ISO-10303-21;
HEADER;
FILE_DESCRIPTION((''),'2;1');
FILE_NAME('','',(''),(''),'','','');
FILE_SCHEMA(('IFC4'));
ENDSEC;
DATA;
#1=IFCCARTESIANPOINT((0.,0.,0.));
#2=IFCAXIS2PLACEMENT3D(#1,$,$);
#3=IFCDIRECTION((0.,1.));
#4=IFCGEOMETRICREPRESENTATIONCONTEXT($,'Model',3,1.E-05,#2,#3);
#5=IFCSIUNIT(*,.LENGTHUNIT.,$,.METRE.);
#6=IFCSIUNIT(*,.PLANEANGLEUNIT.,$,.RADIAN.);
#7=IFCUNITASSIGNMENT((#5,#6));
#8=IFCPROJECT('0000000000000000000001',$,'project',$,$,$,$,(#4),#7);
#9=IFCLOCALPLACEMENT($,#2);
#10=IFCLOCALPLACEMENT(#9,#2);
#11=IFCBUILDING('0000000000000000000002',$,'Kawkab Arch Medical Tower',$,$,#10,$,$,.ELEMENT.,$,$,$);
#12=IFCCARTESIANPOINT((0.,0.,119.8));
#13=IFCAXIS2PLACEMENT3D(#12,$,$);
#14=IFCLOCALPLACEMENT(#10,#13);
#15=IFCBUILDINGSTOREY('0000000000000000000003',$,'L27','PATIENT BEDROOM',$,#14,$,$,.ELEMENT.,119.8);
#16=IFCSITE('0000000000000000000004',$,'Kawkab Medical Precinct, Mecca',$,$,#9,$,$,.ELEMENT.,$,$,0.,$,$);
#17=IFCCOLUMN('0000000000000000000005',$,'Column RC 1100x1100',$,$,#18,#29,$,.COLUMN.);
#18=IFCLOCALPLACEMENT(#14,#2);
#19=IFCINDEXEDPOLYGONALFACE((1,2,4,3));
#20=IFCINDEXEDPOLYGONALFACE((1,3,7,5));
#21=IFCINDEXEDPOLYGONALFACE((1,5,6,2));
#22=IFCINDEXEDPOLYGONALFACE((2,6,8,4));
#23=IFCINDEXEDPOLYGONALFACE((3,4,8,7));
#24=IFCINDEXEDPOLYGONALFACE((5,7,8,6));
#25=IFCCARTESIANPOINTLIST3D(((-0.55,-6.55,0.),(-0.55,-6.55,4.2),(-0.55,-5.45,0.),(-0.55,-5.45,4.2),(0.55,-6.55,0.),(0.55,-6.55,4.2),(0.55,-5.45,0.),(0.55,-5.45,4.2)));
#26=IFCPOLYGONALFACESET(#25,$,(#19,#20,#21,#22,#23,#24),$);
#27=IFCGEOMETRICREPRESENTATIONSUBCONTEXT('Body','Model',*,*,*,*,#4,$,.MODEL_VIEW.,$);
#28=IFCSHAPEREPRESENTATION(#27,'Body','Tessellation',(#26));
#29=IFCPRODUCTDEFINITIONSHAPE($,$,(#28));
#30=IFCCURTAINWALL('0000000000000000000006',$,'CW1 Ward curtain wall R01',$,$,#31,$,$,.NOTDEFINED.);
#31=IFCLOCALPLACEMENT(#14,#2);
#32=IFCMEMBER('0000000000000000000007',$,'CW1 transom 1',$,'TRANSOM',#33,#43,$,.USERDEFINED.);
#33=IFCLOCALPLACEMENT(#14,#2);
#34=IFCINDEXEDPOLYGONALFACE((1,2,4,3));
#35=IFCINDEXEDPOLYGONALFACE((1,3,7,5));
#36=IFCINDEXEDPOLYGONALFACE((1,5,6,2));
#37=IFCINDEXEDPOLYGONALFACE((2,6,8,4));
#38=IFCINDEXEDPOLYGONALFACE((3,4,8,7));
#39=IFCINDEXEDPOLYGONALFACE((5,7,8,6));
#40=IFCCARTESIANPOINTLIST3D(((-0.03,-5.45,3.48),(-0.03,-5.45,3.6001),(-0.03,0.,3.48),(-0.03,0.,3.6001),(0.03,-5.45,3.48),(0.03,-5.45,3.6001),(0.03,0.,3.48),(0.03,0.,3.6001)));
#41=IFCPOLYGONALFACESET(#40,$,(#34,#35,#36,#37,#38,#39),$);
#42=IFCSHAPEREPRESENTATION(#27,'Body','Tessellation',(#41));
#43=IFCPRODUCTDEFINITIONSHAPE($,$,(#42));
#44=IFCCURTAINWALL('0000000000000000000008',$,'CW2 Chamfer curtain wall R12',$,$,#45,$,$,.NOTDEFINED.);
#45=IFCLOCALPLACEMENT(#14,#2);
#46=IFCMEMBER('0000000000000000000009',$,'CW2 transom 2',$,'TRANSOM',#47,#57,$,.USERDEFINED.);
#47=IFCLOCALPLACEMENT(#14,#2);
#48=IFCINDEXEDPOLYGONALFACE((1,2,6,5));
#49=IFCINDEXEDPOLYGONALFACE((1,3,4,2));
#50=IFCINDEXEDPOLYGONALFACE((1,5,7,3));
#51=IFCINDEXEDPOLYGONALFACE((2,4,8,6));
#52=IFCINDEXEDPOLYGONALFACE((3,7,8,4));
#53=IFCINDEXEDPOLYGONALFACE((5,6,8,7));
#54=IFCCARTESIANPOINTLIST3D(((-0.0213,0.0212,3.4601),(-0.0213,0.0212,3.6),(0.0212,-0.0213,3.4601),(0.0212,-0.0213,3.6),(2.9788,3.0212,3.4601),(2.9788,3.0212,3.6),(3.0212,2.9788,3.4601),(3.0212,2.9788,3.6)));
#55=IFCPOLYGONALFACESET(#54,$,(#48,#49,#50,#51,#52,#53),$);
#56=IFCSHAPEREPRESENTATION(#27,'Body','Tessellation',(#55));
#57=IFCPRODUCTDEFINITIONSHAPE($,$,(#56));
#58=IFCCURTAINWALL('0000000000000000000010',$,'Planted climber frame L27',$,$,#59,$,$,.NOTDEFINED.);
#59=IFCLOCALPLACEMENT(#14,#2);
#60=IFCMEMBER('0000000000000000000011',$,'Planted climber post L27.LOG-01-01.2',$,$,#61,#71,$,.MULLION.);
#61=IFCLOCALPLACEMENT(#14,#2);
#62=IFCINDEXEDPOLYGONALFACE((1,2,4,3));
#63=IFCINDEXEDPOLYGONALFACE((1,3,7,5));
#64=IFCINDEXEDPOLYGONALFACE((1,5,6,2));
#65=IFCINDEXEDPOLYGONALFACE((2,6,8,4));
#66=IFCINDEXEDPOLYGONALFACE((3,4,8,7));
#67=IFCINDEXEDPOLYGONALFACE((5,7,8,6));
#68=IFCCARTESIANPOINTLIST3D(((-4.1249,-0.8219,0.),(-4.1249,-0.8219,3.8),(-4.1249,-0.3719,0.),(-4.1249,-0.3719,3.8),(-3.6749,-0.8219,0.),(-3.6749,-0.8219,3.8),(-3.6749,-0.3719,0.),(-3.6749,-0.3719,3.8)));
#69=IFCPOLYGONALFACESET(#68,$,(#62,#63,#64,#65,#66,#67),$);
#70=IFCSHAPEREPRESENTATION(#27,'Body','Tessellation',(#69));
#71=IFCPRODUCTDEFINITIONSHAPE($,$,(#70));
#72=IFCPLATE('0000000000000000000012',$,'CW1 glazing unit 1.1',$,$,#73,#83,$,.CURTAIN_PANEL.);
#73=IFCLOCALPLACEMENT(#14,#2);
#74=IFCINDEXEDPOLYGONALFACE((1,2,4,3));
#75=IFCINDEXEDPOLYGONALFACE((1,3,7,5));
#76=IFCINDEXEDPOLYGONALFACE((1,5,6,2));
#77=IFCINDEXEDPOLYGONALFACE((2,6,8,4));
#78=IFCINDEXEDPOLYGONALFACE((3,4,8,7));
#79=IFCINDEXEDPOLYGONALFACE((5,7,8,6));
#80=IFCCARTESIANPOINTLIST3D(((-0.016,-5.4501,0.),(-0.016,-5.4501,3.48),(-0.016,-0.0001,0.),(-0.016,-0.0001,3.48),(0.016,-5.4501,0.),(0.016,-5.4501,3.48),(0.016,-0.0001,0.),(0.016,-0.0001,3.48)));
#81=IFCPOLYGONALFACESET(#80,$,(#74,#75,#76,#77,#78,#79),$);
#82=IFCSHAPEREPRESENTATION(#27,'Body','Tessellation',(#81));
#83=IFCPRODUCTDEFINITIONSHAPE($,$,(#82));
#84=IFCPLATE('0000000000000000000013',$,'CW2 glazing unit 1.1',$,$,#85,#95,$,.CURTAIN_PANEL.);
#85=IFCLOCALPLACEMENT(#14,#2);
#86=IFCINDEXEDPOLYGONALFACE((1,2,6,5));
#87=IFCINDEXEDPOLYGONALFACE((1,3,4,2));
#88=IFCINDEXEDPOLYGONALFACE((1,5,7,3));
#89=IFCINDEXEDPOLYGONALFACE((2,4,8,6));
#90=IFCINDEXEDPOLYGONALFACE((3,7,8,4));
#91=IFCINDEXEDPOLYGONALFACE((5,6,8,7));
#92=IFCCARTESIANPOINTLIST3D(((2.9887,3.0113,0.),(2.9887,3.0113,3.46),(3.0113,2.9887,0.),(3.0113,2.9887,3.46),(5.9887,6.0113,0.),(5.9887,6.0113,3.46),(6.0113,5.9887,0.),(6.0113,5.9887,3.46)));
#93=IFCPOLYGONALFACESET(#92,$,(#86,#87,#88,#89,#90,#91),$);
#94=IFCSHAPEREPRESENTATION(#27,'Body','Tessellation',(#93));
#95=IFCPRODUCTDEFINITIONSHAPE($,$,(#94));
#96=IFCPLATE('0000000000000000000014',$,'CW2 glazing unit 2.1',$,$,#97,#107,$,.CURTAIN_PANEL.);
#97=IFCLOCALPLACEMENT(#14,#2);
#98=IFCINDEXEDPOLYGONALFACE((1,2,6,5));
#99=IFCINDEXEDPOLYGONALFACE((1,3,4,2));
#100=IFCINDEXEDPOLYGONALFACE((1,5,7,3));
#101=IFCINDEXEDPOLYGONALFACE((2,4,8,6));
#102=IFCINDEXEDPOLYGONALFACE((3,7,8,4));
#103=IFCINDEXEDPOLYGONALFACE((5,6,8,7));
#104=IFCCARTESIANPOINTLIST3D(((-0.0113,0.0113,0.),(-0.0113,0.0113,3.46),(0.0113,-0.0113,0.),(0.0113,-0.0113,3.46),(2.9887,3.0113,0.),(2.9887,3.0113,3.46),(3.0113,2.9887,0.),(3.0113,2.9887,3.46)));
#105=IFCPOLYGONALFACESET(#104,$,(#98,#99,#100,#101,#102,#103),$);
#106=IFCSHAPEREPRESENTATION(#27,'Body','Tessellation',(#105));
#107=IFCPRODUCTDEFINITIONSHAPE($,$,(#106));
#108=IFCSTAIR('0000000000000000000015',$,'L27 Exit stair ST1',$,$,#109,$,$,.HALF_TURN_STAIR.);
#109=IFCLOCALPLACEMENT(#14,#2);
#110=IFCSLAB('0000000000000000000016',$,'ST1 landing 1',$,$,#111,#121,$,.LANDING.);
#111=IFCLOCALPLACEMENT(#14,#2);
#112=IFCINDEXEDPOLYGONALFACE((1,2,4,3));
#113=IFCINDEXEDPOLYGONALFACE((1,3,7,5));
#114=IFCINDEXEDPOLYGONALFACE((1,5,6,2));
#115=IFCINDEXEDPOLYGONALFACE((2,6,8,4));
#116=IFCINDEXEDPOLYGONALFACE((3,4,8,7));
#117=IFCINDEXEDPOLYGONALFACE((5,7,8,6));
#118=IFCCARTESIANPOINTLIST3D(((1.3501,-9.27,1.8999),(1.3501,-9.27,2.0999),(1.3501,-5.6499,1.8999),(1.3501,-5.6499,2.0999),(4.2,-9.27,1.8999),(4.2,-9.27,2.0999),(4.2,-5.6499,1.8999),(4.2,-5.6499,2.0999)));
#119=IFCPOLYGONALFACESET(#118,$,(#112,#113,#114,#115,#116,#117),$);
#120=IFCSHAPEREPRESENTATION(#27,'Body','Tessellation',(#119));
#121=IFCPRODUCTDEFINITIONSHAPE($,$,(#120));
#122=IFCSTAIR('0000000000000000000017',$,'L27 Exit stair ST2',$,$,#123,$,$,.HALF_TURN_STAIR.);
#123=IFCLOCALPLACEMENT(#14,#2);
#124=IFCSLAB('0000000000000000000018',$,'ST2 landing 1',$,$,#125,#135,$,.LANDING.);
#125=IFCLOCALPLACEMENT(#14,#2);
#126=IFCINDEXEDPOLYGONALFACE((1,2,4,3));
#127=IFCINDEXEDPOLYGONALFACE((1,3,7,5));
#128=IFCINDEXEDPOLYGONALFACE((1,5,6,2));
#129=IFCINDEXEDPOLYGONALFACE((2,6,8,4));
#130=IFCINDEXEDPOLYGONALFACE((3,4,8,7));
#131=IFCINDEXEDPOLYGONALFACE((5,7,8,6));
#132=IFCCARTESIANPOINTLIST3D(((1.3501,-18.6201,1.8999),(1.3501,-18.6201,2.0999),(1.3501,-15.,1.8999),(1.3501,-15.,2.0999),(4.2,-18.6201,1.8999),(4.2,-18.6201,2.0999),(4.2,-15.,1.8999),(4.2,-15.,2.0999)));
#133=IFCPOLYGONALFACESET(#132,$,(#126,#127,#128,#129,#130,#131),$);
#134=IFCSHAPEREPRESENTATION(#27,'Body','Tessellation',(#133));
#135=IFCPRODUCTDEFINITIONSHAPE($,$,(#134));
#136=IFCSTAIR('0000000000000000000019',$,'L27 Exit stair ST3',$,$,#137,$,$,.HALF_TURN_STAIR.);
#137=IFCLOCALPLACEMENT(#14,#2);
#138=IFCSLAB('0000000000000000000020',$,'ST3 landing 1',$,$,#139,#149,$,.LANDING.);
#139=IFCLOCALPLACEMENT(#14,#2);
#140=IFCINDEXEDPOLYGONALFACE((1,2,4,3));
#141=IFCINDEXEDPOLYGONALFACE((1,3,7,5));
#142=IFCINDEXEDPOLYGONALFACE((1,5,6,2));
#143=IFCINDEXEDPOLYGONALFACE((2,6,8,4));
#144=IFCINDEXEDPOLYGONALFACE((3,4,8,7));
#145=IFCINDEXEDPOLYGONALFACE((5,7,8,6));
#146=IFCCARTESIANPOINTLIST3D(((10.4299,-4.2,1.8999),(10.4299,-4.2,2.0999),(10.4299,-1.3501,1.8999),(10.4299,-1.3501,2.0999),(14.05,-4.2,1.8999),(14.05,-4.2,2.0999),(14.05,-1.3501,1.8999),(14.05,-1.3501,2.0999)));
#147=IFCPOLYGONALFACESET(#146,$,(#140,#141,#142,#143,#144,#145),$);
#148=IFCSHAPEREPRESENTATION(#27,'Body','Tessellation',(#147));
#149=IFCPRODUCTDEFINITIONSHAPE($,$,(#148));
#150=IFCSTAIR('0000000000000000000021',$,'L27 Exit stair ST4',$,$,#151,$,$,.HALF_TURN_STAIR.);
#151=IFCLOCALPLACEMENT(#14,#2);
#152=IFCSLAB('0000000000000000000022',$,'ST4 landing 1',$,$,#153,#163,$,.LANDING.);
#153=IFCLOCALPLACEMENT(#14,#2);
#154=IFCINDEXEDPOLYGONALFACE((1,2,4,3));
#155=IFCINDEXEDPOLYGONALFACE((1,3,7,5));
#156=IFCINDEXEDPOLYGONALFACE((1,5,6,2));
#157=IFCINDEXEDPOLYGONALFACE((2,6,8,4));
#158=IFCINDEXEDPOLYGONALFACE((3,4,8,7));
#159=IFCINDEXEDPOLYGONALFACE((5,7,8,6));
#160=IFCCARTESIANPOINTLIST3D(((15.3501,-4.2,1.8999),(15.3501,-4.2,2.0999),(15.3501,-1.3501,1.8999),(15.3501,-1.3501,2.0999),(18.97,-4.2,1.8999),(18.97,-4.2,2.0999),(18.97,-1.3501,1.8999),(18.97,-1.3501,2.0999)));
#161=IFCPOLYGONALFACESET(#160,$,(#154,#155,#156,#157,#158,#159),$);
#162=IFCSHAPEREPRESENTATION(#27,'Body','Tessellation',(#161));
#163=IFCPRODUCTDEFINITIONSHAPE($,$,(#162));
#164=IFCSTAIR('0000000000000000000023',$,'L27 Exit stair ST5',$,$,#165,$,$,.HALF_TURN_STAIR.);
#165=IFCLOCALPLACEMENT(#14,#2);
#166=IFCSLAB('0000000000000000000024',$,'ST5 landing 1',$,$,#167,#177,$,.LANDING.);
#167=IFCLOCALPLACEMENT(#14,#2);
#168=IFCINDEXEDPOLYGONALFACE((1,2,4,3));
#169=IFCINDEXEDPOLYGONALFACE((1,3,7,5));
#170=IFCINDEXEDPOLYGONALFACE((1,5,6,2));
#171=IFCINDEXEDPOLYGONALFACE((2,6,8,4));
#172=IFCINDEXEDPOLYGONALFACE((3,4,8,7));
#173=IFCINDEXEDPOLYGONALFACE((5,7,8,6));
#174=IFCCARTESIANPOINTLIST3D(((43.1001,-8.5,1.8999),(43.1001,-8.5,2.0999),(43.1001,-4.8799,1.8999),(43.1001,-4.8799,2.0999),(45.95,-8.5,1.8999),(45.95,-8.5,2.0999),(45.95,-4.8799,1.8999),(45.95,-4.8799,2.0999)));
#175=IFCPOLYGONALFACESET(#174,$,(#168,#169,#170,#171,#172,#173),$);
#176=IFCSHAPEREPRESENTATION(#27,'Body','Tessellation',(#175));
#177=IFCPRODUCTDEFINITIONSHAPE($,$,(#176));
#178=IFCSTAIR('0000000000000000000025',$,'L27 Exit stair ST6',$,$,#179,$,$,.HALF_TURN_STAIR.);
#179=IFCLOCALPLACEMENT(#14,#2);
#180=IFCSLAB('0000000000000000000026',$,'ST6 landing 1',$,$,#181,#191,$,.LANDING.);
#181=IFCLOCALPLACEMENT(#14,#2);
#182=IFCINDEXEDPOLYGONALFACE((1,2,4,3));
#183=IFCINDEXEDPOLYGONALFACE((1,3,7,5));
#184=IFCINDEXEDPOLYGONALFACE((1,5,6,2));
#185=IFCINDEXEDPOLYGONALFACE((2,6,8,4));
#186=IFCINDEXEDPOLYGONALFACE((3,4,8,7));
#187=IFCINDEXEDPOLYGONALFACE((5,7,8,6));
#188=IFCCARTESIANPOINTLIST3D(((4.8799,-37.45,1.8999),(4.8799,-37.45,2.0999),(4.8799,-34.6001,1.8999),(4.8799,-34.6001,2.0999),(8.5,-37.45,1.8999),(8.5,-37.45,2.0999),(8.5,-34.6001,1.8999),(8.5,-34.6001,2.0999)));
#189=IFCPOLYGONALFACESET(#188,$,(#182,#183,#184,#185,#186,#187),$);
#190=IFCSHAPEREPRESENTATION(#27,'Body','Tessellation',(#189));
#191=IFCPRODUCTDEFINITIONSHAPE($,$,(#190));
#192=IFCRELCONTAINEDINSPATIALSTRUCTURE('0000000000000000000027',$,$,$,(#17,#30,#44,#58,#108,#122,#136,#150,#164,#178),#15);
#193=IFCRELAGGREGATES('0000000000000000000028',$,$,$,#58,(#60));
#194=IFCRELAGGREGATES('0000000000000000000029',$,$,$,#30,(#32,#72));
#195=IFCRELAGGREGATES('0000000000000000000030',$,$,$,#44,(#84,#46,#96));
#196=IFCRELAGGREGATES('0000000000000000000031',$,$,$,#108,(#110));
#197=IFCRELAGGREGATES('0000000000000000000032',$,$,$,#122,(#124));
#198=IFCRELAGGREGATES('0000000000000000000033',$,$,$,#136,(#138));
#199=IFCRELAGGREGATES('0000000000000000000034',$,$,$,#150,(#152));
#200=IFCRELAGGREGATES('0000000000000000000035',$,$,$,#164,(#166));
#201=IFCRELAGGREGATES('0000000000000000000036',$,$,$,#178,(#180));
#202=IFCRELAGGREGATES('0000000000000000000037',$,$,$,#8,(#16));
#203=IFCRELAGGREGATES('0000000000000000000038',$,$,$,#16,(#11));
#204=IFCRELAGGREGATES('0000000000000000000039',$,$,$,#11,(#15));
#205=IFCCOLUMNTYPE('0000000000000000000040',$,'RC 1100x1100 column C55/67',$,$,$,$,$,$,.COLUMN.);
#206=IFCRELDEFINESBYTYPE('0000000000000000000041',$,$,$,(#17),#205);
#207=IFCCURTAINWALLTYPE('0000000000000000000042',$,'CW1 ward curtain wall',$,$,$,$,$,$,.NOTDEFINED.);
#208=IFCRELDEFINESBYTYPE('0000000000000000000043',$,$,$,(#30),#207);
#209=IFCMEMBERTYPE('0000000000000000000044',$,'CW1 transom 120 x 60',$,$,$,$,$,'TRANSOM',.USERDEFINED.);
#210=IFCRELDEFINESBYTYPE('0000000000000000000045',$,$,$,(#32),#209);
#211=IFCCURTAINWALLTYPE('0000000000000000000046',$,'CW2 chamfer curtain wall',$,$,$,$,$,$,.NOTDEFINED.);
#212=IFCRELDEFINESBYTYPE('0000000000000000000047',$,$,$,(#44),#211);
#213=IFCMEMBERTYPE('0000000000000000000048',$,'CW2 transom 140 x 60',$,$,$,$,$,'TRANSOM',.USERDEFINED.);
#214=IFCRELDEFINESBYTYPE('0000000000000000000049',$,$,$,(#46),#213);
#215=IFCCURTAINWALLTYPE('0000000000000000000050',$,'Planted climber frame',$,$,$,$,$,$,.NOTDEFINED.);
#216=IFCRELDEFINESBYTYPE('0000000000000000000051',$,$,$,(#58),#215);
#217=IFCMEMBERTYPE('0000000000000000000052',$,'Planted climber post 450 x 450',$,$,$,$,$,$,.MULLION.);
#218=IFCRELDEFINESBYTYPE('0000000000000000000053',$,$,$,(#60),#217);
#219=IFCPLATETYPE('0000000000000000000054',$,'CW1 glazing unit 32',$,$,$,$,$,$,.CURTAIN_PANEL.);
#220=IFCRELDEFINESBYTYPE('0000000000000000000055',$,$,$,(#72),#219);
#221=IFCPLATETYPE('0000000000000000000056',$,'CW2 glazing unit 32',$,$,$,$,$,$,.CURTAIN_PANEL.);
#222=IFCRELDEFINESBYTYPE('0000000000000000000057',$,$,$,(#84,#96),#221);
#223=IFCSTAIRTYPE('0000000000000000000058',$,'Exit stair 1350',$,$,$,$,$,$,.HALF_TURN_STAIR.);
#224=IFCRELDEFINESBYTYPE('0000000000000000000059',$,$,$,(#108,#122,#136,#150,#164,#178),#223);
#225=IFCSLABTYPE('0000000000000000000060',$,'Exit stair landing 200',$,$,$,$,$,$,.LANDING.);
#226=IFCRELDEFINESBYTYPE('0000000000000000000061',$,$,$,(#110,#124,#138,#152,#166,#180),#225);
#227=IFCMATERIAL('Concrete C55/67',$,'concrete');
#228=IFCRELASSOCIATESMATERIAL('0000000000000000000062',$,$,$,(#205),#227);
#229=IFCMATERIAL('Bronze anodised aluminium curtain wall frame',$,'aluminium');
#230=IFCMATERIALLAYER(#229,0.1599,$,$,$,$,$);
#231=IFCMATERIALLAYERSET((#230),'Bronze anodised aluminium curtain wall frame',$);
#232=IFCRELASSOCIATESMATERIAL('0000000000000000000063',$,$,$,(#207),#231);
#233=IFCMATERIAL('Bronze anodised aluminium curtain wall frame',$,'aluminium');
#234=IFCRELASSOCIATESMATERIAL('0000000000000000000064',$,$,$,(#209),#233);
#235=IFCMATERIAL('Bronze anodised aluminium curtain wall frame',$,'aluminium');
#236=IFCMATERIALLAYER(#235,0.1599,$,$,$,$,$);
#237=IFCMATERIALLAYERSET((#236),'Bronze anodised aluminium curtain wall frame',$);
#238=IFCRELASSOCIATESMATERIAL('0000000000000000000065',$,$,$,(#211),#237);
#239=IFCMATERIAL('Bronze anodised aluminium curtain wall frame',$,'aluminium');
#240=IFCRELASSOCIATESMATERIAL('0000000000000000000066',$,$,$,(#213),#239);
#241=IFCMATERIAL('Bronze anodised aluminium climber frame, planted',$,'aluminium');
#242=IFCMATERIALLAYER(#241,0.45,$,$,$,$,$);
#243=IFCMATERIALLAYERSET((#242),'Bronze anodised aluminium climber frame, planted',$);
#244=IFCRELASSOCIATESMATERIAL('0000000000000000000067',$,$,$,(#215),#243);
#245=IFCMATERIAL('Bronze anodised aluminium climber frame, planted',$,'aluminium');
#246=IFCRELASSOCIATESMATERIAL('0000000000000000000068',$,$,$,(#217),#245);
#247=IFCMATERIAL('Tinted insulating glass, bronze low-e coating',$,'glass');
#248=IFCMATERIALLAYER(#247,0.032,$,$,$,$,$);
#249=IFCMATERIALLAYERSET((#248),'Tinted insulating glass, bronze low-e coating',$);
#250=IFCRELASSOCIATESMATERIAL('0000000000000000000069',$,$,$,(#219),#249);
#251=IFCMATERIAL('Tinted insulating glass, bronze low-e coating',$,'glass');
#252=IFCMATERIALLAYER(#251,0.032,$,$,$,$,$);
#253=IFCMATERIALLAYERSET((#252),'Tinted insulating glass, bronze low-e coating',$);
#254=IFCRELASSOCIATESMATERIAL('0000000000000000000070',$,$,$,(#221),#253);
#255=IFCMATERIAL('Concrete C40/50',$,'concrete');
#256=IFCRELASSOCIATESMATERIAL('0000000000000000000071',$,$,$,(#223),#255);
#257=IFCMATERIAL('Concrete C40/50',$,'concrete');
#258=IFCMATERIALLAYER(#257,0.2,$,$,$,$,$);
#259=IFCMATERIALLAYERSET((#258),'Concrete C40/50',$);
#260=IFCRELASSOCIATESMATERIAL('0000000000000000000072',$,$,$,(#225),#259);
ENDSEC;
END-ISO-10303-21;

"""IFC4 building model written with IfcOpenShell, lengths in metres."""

from ifc_helpers import new_model, si_unit, direction, frame, origin, origin_2d, place, context, subcontext, project, spatial, polyline, rectangle, outline, extrude, material, layer, layer_set, material_profile, profile_set, type_object, element, aggregate, save


model = new_model("IFC4")

# Units and contexts
model_context = context("Model", 3, precision=1e-05, world=origin(), true_north=direction((0.0, 1.0)))
body_context = subcontext(model_context, "Body", "Model", "MODEL_VIEW")
ifc_project = project(units=[si_unit("LENGTHUNIT", "METRE"), si_unit("PLANEANGLEUNIT", "RADIAN")], contexts=[model_context])

# Site, building, storey
site_placement = place(None, origin())
site = spatial("IfcSite", under=ifc_project, at=site_placement, Name="Kawkab Medical Precinct, Mecca", CompositionType="ELEMENT", RefElevation=0.0)
building_placement = place(site_placement, origin())
building = spatial("IfcBuilding", under=site, at=building_placement, Name="Kawkab Arch Medical Tower", CompositionType="ELEMENT")
storey_placement = place(building_placement, frame((0.0, 0.0, 119.8)))
storey = spatial("IfcBuildingStorey", under=building, at=storey_placement, Name="L27", Description="PATIENT BEDROOM", CompositionType="ELEMENT", Elevation=119.8)

# Column
ifc_material_1 = material(Name="Concrete C55/67", Category="concrete")
ifc_material_profile_1 = material_profile(ifc_material_1, rectangle(XDim=1.1001, YDim=1.1001, at=origin_2d()), Name="RC 1100x1100")
ifc_profile_set_1 = profile_set([ifc_material_profile_1], Name="Concrete C55/67")
column_type = type_object("IfcColumnType", Name="RC 1100x1100 column C55/67", PredefinedType="COLUMN", material=ifc_profile_set_1)
column_placement = place(storey_placement, frame((0.0, -6.0, 0.0), z_axis=(0.0, 0.0, 1.0), x_axis=(1.0, 0.0, 0.0)))
element("IfcColumn", 1, at=column_placement, inside=storey, type_object=column_type, Name="Column RC 1100x1100", PredefinedType="COLUMN", context=body_context, shape_type="SweptSolid", body=[
    extrude(rectangle(XDim=1.1001, YDim=1.1001, at=origin_2d()), origin(), (0.0, 0.0, 1.0), 4.2),
])

# Curtain walls, members
ifc_material_2 = material(Name="Bronze anodised aluminium curtain wall frame", Category="aluminium")
ifc_layer_1 = layer(ifc_material_2, 0.1599)
ifc_layer_set_1 = layer_set([ifc_layer_1], Name="Bronze anodised aluminium curtain wall frame")
curtain_wall_type_1 = type_object("IfcCurtainWallType", Name="CW1 ward curtain wall", PredefinedType="NOTDEFINED", material=ifc_layer_set_1)
placement_1 = place(storey_placement, origin())
curtain_wall_1 = element("IfcCurtainWall", 2, at=placement_1, inside=storey, type_object=curtain_wall_type_1, Name="CW1 Ward curtain wall R01", PredefinedType="NOTDEFINED")
ifc_material_3 = material(Name="Bronze anodised aluminium curtain wall frame", Category="aluminium")
ifc_material_profile_2 = material_profile(ifc_material_3, rectangle(XDim=0.0601, YDim=0.1201, at=origin_2d()), Name="AL 60x120")
ifc_profile_set_2 = profile_set([ifc_material_profile_2], Name="Bronze anodised aluminium curtain wall frame")
member_type_1 = type_object("IfcMemberType", Name="CW1 transom 120 x 60", ElementType="TRANSOM", PredefinedType="USERDEFINED", material=ifc_profile_set_2)
member_1_placement = place(storey_placement, frame((0.0, 0.0, 3.54), z_axis=(0.0, -1.0, 0.0), x_axis=(1.0, 0.0, 0.0)))
member_1 = element("IfcMember", 3, at=member_1_placement, type_object=member_type_1, Name="CW1 transom 1", ObjectType="TRANSOM", PredefinedType="USERDEFINED", context=body_context, shape_type="SweptSolid", body=[
    extrude(rectangle(XDim=0.0601, YDim=0.1201, at=origin_2d()), origin(), (0.0, 0.0, 1.0), 5.45),
])
ifc_material_4 = material(Name="Bronze anodised aluminium curtain wall frame", Category="aluminium")
ifc_layer_2 = layer(ifc_material_4, 0.1599)
ifc_layer_set_2 = layer_set([ifc_layer_2], Name="Bronze anodised aluminium curtain wall frame")
curtain_wall_type_2 = type_object("IfcCurtainWallType", Name="CW2 chamfer curtain wall", PredefinedType="NOTDEFINED", material=ifc_layer_set_2)
curtain_wall_2 = element("IfcCurtainWall", 4, at=placement_1, inside=storey, type_object=curtain_wall_type_2, Name="CW2 Chamfer curtain wall R12", PredefinedType="NOTDEFINED")
ifc_material_5 = material(Name="Bronze anodised aluminium curtain wall frame", Category="aluminium")
ifc_material_profile_3 = material_profile(ifc_material_5, rectangle(XDim=0.0601, YDim=0.1399, at=origin_2d()), Name="AL 60x140")
ifc_profile_set_3 = profile_set([ifc_material_profile_3], Name="Bronze anodised aluminium curtain wall frame")
member_type_2 = type_object("IfcMemberType", Name="CW2 transom 140 x 60", ElementType="TRANSOM", PredefinedType="USERDEFINED", material=ifc_profile_set_3)
member_2_placement = place(storey_placement, frame((3.0, 3.0, 3.53), z_axis=(-0.707107, -0.707107, 0.0), x_axis=(0.707107, -0.707107, 0.0)))
member_2 = element("IfcMember", 5, at=member_2_placement, type_object=member_type_2, Name="CW2 transom 2", ObjectType="TRANSOM", PredefinedType="USERDEFINED", context=body_context, shape_type="SweptSolid", body=[
    extrude(rectangle(XDim=0.0601, YDim=0.1399, at=origin_2d()), origin(), (0.0, 0.0, 1.0), 4.2427),
])
ifc_material_6 = material(Name="Bronze anodised aluminium climber frame, planted", Category="aluminium")
ifc_layer_3 = layer(ifc_material_6, 0.45)
ifc_layer_set_3 = layer_set([ifc_layer_3], Name="Bronze anodised aluminium climber frame, planted")
curtain_wall_type_3 = type_object("IfcCurtainWallType", Name="Planted climber frame", PredefinedType="NOTDEFINED", material=ifc_layer_set_3)
curtain_wall_3 = element("IfcCurtainWall", 6, at=placement_1, inside=storey, type_object=curtain_wall_type_3, Name="Planted climber frame L27", PredefinedType="NOTDEFINED")
ifc_material_7 = material(Name="Bronze anodised aluminium climber frame, planted", Category="aluminium")
ifc_material_profile_4 = material_profile(ifc_material_7, rectangle(XDim=0.45, YDim=0.45, at=origin_2d()), Name="Post 450x450")
ifc_profile_set_4 = profile_set([ifc_material_profile_4], Name="Bronze anodised aluminium climber frame, planted")
member_type_3 = type_object("IfcMemberType", Name="Planted climber post 450 x 450", PredefinedType="MULLION", material=ifc_profile_set_4)
member_3_placement = place(storey_placement, frame((-3.8999, -0.5969, 0.0), z_axis=(0.0, 0.0, 1.0), x_axis=(1.0, 0.0, 0.0)))
member_3 = element("IfcMember", 7, at=member_3_placement, type_object=member_type_3, Name="Planted climber post L27.LOG-01-01.2", PredefinedType="MULLION", context=body_context, shape_type="SweptSolid", body=[
    extrude(rectangle(XDim=0.45, YDim=0.45, at=origin_2d()), origin(), (0.0, 0.0, 1.0), 3.8),
])
aggregate(curtain_wall_3, [member_3])

# Plates
ifc_material_8 = material(Name="Tinted insulating glass, bronze low-e coating", Category="glass")
ifc_layer_4 = layer(ifc_material_8, 0.032)
ifc_layer_set_4 = layer_set([ifc_layer_4], Name="Tinted insulating glass, bronze low-e coating")
plate_type_1 = type_object("IfcPlateType", Name="CW1 glazing unit 32", PredefinedType="CURTAIN_PANEL", material=ifc_layer_set_4)
plate_1_placement = place(storey_placement, frame((0.0, -2.7251, 0.0), z_axis=(0.0, 0.0, 1.0), x_axis=(0.0, -1.0, 0.0)))
plate_1 = element("IfcPlate", 8, at=plate_1_placement, type_object=plate_type_1, Name="CW1 glazing unit 1.1", PredefinedType="CURTAIN_PANEL", context=body_context, shape_type="SweptSolid", body=[
    extrude(rectangle(XDim=5.45, YDim=0.032, at=origin_2d()), origin(), (0.0, 0.0, 1.0), 3.48),
])
aggregate(curtain_wall_1, [member_1, plate_1])
ifc_material_9 = material(Name="Tinted insulating glass, bronze low-e coating", Category="glass")
ifc_layer_5 = layer(ifc_material_9, 0.032)
ifc_layer_set_5 = layer_set([ifc_layer_5], Name="Tinted insulating glass, bronze low-e coating")
plate_type_2 = type_object("IfcPlateType", Name="CW2 glazing unit 32", PredefinedType="CURTAIN_PANEL", material=ifc_layer_set_5)
plate_2_placement = place(storey_placement, frame((4.5, 4.5, 0.0), z_axis=(0.0, 0.0, 1.0), x_axis=(-0.707107, -0.707107, 0.0)))
plate_2 = element("IfcPlate", 9, at=plate_2_placement, type_object=plate_type_2, Name="CW2 glazing unit 1.1", PredefinedType="CURTAIN_PANEL", context=body_context, shape_type="SweptSolid", body=[
    extrude(rectangle(XDim=4.2427, YDim=0.032, at=origin_2d()), origin(), (0.0, 0.0, 1.0), 3.46),
])
plate_3_placement = place(storey_placement, frame((1.5, 1.5, 0.0), z_axis=(0.0, 0.0, 1.0), x_axis=(-0.707107, -0.707107, 0.0)))
plate_3 = element("IfcPlate", 10, at=plate_3_placement, type_object=plate_type_2, Name="CW2 glazing unit 2.1", PredefinedType="CURTAIN_PANEL", context=body_context, shape_type="SweptSolid", body=[
    extrude(rectangle(XDim=4.2427, YDim=0.032, at=origin_2d()), origin(), (0.0, 0.0, 1.0), 3.46),
])
aggregate(curtain_wall_2, [plate_2, member_2, plate_3])

# Stairs, slabs
ifc_material_10 = material(Name="Concrete C40/50", Category="concrete")
stair_type = type_object("IfcStairType", Name="Exit stair 1350", PredefinedType="HALF_TURN_STAIR", material=ifc_material_10)
stair_1 = element("IfcStair", 11, at=placement_1, inside=storey, type_object=stair_type, Name="L27 Exit stair ST1", PredefinedType="HALF_TURN_STAIR")
ifc_material_11 = material(Name="Concrete C40/50", Category="concrete")
ifc_layer_6 = layer(ifc_material_11, 0.2)
ifc_layer_set_6 = layer_set([ifc_layer_6], Name="Concrete C40/50")
slab_type_1 = type_object("IfcSlabType", Name="Exit stair landing 200", PredefinedType="LANDING", material=ifc_layer_set_6)
placement_2 = place(storey_placement, frame((0.0, 0.0, 1.8999)))
slab_1 = element("IfcSlab", 12, at=placement_2, type_object=slab_type_1, Name="ST1 landing 1", PredefinedType="LANDING", context=body_context, shape_type="SweptSolid", body=[
    extrude(outline(polyline([(4.2, -9.27), (4.2, -5.6499), (1.3501, -5.6499), (1.3501, -9.27), (4.2, -9.27)])), origin(), (0.0, 0.0, 1.0), 0.2),
])
aggregate(stair_1, [slab_1])
stair_2 = element("IfcStair", 13, at=placement_1, inside=storey, type_object=stair_type, Name="L27 Exit stair ST2", PredefinedType="HALF_TURN_STAIR")
slab_2 = element("IfcSlab", 14, at=placement_2, type_object=slab_type_1, Name="ST2 landing 1", PredefinedType="LANDING", context=body_context, shape_type="SweptSolid", body=[
    extrude(outline(polyline([(4.2, -18.6201), (4.2, -15.0), (1.3501, -15.0), (1.3501, -18.6201), (4.2, -18.6201)])), origin(), (0.0, 0.0, 1.0), 0.2),
])
aggregate(stair_2, [slab_2])
stair_3 = element("IfcStair", 15, at=placement_1, inside=storey, type_object=stair_type, Name="L27 Exit stair ST3", PredefinedType="HALF_TURN_STAIR")
slab_3 = element("IfcSlab", 16, at=placement_2, type_object=slab_type_1, Name="ST3 landing 1", PredefinedType="LANDING", context=body_context, shape_type="SweptSolid", body=[
    extrude(outline(polyline([(10.4299, -4.2), (14.05, -4.2), (14.05, -1.3501), (10.4299, -1.3501), (10.4299, -4.2)])), origin(), (0.0, 0.0, 1.0), 0.2),
])
aggregate(stair_3, [slab_3])
stair_4 = element("IfcStair", 17, at=placement_1, inside=storey, type_object=stair_type, Name="L27 Exit stair ST4", PredefinedType="HALF_TURN_STAIR")
slab_4 = element("IfcSlab", 18, at=placement_2, type_object=slab_type_1, Name="ST4 landing 1", PredefinedType="LANDING", context=body_context, shape_type="SweptSolid", body=[
    extrude(outline(polyline([(18.97, -1.3501), (15.3501, -1.3501), (15.3501, -4.2), (18.97, -4.2), (18.97, -1.3501)])), origin(), (0.0, 0.0, 1.0), 0.2),
])
aggregate(stair_4, [slab_4])
stair_5 = element("IfcStair", 19, at=placement_1, inside=storey, type_object=stair_type, Name="L27 Exit stair ST5", PredefinedType="HALF_TURN_STAIR")
slab_5 = element("IfcSlab", 20, at=placement_2, type_object=slab_type_1, Name="ST5 landing 1", PredefinedType="LANDING", context=body_context, shape_type="SweptSolid", body=[
    extrude(outline(polyline([(43.1001, -4.8799), (43.1001, -8.5), (45.95, -8.5), (45.95, -4.8799), (43.1001, -4.8799)])), origin(), (0.0, 0.0, 1.0), 0.2),
])
aggregate(stair_5, [slab_5])
stair_6 = element("IfcStair", 21, at=placement_1, inside=storey, type_object=stair_type, Name="L27 Exit stair ST6", PredefinedType="HALF_TURN_STAIR")
slab_6 = element("IfcSlab", 22, at=placement_2, type_object=slab_type_1, Name="ST6 landing 1", PredefinedType="LANDING", context=body_context, shape_type="SweptSolid", body=[
    extrude(outline(polyline([(4.8799, -37.45), (8.5, -37.45), (8.5, -34.6001), (4.8799, -34.6001), (4.8799, -37.45)])), origin(), (0.0, 0.0, 1.0), 0.2),
])
aggregate(stair_6, [slab_6])

save(model, "model.ifc")
